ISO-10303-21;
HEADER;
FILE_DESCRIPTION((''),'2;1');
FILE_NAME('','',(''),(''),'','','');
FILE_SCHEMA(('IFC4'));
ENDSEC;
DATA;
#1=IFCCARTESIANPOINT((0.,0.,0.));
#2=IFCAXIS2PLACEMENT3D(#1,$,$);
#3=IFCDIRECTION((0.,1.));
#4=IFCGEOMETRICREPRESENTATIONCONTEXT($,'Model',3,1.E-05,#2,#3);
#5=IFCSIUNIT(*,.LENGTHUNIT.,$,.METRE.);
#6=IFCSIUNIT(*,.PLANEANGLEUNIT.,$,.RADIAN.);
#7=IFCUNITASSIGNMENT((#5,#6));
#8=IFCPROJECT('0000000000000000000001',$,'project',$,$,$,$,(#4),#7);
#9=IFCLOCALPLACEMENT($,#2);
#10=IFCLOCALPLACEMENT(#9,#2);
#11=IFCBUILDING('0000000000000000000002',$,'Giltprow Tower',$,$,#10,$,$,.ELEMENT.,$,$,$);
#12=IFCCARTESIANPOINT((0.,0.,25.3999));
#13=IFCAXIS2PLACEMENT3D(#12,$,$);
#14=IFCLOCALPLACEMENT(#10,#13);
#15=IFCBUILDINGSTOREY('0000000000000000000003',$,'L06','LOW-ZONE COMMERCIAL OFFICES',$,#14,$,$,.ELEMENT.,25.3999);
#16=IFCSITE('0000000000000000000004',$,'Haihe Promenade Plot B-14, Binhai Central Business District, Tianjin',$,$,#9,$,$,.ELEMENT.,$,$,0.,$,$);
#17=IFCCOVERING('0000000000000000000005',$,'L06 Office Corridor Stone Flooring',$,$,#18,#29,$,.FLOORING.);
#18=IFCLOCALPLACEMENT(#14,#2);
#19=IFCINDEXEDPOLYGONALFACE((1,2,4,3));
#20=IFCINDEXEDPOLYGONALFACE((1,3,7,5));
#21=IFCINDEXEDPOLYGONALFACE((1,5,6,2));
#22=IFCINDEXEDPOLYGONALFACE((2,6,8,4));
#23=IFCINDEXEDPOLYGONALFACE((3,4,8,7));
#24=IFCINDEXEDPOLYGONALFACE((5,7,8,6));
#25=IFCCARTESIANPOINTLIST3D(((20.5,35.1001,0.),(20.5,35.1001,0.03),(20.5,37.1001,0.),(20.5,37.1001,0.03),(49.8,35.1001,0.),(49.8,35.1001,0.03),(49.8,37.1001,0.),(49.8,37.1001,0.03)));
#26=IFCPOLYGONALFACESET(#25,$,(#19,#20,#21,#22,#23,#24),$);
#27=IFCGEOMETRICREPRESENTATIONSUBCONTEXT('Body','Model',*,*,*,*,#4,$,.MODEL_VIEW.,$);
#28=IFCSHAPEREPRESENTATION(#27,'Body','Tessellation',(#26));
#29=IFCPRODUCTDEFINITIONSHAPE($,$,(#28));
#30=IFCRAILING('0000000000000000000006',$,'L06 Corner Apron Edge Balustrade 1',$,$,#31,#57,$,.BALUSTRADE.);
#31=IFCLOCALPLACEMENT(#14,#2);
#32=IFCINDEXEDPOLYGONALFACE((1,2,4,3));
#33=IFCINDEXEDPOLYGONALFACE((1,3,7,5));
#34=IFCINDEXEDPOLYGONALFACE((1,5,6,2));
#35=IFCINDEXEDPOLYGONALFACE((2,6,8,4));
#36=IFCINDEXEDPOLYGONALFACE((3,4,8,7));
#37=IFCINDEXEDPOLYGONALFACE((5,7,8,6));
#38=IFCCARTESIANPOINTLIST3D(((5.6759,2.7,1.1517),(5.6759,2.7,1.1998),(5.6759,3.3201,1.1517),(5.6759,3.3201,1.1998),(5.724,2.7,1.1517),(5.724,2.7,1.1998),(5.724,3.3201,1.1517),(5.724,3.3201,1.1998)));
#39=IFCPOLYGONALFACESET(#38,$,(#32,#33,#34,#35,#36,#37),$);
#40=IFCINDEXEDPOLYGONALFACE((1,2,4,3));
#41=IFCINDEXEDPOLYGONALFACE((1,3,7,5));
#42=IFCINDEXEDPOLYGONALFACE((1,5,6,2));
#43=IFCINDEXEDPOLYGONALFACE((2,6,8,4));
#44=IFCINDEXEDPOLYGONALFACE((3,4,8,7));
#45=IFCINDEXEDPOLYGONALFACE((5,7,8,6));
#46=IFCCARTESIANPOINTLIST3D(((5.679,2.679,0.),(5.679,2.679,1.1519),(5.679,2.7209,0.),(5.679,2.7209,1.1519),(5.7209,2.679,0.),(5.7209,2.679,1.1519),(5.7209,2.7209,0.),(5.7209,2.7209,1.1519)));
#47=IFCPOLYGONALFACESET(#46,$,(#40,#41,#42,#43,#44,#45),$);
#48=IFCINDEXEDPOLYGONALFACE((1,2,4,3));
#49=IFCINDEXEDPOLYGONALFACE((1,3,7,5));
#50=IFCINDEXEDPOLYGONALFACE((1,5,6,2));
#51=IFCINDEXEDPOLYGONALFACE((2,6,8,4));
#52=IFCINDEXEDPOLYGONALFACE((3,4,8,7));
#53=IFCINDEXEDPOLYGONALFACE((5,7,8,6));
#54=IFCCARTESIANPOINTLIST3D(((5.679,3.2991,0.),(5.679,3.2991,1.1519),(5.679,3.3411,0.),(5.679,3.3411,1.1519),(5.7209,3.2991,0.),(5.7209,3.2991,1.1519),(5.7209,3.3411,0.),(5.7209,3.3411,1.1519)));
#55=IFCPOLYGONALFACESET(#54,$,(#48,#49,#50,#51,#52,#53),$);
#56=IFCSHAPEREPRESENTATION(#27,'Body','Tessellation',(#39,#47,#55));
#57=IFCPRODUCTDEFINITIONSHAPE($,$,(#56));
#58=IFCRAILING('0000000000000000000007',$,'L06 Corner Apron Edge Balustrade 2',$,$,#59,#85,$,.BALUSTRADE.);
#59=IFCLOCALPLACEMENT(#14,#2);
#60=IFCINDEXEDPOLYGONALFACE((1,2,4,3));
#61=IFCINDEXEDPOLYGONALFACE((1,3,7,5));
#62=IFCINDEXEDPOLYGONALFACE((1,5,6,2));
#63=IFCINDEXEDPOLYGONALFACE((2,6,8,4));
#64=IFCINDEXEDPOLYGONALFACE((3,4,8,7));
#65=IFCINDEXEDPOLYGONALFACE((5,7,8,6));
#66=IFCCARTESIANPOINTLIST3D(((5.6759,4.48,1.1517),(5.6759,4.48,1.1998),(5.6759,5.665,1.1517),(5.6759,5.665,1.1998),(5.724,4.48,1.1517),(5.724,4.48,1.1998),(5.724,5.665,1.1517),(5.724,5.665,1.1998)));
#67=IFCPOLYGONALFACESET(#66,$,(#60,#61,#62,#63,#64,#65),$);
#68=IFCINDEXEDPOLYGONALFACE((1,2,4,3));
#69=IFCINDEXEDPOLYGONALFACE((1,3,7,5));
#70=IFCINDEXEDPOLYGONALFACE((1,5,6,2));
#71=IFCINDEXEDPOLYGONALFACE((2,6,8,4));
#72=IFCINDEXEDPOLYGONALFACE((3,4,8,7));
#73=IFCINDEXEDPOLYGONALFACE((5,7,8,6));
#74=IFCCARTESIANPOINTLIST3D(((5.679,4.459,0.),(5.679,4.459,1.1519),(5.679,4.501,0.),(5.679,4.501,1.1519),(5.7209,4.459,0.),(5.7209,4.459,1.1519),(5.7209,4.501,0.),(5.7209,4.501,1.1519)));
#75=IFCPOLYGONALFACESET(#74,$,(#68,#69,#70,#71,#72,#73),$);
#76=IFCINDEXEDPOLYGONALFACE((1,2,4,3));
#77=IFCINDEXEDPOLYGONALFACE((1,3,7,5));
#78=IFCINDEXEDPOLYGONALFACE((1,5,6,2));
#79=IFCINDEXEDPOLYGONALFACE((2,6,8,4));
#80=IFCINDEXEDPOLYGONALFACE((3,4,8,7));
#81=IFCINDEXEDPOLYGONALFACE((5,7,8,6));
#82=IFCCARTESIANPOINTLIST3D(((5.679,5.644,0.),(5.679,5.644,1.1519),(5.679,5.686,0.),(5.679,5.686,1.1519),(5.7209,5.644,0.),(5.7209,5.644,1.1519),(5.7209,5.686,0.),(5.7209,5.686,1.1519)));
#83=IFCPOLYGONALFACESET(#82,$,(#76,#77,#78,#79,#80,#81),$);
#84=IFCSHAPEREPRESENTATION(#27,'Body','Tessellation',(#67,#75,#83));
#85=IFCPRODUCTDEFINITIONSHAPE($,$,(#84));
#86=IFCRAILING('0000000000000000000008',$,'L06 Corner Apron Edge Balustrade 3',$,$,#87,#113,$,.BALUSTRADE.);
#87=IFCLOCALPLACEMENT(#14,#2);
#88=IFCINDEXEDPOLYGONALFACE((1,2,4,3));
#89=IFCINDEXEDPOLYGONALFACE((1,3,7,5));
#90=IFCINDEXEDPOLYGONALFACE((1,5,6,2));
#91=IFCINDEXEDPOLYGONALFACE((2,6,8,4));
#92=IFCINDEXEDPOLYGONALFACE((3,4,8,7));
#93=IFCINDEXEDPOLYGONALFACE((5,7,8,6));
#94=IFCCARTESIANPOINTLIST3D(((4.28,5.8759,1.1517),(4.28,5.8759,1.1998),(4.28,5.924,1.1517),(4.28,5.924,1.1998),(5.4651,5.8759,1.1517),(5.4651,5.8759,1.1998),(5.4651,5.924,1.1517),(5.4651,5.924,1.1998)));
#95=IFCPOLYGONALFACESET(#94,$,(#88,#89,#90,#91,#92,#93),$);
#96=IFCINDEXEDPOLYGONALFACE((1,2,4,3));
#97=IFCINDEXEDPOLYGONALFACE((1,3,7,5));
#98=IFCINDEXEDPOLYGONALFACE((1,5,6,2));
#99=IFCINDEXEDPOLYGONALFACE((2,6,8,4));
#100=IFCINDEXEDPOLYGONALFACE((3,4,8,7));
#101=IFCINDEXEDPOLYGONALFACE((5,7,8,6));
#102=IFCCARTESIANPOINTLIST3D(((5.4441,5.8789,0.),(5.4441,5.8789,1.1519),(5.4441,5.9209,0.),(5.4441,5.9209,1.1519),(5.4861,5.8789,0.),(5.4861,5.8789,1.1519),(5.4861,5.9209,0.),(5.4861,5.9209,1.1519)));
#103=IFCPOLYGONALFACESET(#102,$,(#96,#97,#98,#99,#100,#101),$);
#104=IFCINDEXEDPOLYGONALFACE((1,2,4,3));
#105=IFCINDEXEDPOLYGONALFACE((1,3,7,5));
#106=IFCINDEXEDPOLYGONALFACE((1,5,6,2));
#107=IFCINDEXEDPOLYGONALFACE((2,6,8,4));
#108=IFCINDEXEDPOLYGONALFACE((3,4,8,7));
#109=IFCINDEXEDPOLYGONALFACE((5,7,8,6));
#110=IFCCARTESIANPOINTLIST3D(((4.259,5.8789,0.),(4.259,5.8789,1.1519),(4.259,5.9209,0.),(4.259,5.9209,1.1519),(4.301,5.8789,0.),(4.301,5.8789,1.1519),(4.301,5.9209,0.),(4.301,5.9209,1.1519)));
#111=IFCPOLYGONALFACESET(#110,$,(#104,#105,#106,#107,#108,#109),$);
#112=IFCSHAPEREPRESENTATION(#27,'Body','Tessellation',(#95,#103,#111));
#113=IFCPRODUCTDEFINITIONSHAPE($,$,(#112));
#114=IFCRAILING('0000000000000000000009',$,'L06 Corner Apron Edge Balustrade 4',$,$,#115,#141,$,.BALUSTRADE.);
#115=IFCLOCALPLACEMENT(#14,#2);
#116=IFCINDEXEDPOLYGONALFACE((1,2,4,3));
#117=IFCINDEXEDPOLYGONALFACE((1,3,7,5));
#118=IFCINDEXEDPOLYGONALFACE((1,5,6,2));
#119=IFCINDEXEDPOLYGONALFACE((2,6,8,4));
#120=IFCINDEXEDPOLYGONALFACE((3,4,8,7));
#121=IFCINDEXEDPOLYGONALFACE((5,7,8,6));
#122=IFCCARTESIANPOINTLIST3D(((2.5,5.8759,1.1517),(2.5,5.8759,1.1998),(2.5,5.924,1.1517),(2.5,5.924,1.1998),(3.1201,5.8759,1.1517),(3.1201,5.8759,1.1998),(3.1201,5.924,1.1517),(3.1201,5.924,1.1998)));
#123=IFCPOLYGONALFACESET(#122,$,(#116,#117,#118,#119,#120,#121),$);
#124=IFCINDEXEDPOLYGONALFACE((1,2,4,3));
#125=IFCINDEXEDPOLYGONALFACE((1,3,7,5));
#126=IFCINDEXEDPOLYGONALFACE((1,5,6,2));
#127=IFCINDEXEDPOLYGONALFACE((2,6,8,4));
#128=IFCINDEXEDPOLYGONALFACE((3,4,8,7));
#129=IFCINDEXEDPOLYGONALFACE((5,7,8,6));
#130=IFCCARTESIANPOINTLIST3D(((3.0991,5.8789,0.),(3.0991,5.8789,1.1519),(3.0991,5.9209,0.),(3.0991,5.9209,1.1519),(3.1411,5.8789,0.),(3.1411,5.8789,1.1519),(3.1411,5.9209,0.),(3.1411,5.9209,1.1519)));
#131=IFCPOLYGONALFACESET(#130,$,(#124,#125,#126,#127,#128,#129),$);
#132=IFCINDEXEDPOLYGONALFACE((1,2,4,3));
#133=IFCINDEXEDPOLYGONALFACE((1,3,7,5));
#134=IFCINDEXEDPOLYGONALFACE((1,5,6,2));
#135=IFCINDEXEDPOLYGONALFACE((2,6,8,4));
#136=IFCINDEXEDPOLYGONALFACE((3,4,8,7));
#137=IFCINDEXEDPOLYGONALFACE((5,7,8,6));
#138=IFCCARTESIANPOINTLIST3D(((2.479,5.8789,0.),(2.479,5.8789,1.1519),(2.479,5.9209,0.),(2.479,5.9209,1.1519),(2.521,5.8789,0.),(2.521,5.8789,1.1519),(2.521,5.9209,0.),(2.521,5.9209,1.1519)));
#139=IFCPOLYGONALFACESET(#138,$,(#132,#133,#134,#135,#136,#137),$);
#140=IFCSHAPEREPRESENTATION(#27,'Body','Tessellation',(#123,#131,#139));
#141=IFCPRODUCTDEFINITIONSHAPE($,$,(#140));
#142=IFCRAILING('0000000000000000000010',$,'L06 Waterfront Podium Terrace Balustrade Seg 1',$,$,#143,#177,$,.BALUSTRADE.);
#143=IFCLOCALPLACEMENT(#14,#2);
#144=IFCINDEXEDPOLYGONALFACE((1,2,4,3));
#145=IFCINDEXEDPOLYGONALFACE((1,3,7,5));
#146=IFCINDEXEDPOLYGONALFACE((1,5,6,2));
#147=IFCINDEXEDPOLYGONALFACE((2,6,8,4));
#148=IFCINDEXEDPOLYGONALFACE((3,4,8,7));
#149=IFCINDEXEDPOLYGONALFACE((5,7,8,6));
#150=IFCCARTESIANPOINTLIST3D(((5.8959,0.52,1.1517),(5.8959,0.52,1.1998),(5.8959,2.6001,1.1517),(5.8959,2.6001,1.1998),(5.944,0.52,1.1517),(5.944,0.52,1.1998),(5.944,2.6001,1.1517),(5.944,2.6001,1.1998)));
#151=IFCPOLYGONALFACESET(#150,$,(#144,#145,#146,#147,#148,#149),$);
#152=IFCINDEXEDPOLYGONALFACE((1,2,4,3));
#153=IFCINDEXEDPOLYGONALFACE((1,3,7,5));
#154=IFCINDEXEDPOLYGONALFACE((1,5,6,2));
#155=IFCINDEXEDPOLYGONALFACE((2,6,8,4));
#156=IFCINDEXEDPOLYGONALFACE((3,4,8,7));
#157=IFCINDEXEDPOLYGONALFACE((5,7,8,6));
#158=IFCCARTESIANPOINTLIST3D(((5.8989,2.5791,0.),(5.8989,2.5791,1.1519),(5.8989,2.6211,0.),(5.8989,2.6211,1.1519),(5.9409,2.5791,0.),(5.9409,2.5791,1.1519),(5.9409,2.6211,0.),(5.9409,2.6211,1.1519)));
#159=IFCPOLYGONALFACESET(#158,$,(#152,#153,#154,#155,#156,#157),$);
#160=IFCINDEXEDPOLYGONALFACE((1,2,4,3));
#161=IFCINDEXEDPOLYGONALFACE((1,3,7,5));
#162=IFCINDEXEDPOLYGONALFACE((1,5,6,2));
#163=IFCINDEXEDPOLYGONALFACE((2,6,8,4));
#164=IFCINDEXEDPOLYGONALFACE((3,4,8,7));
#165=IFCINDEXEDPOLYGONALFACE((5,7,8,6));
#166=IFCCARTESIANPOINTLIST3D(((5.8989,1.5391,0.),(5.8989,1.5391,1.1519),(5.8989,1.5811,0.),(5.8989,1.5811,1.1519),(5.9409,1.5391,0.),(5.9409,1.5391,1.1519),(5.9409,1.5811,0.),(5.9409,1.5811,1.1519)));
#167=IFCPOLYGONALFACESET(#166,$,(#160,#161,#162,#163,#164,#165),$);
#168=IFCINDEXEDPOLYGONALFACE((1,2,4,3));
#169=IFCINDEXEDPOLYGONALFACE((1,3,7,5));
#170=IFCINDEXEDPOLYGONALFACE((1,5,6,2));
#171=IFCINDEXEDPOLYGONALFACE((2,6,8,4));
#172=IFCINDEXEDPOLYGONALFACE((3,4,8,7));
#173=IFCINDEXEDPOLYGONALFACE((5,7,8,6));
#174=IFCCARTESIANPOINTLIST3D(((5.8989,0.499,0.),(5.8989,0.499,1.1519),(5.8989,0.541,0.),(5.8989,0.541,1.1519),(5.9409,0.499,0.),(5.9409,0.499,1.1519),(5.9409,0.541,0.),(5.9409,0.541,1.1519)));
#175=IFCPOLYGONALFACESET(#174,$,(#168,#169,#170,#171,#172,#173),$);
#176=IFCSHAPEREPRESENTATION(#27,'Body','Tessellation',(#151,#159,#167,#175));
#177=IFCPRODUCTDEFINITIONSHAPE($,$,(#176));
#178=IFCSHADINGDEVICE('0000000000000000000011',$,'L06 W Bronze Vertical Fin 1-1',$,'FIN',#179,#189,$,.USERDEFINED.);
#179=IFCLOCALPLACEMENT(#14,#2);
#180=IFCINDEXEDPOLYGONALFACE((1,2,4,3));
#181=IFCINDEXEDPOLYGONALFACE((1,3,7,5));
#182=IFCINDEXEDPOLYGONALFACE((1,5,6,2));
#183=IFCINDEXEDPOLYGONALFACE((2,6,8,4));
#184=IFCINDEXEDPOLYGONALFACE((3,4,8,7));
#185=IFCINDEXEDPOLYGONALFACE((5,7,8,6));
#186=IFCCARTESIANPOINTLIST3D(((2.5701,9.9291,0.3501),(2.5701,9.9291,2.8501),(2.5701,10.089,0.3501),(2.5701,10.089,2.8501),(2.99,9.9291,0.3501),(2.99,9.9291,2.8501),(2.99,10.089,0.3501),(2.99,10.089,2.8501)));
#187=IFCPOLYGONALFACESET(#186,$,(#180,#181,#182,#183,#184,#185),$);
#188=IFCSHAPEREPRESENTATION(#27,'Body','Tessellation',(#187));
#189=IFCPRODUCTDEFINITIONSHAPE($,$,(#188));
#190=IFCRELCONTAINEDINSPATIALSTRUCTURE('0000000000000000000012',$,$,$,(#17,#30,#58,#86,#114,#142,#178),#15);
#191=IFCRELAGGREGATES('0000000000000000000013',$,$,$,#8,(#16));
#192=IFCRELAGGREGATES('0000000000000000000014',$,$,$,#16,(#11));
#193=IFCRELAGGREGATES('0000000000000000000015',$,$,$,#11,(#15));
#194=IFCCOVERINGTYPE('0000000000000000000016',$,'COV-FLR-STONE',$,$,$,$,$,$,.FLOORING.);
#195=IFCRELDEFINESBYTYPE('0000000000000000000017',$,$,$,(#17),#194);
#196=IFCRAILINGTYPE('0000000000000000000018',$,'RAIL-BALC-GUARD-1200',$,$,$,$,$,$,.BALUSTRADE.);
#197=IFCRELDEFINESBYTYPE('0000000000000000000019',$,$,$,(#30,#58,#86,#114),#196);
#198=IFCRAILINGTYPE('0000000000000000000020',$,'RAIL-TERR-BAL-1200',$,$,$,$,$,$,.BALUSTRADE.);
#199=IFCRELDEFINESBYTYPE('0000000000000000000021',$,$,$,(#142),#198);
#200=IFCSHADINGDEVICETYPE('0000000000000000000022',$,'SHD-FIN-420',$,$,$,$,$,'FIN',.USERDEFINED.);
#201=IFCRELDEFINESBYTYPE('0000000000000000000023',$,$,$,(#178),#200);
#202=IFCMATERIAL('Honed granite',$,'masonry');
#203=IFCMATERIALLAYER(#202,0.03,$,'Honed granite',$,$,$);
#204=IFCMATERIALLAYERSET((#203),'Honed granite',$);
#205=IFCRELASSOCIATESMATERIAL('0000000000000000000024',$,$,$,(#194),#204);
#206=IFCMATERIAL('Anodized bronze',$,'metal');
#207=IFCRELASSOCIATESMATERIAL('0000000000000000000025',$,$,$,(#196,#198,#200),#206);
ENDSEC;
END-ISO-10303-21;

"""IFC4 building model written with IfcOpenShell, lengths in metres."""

from ifc_helpers import new_model, si_unit, direction, frame, origin, origin_2d, place, context, subcontext, project, spatial, polyline, rectangle, outline, extrude, source, transform, mapped, material, layer, layer_set, type_object, element, save


model = new_model("IFC4")

# Units and contexts
model_context = context("Model", 3, precision=1e-05, world=origin(), true_north=direction((0.0, 1.0)))
body_context = subcontext(model_context, "Body", "Model", "MODEL_VIEW")
ifc_project = project(units=[si_unit("LENGTHUNIT", "METRE"), si_unit("PLANEANGLEUNIT", "RADIAN")], contexts=[model_context])

# Site, building, storey
site_placement = place(None, origin())
site = spatial("IfcSite", under=ifc_project, at=site_placement, Name="Haihe Promenade Plot B-14, Binhai Central Business District, Tianjin", CompositionType="ELEMENT", RefElevation=0.0)
building_placement = place(site_placement, origin())
building = spatial("IfcBuilding", under=site, at=building_placement, Name="Giltprow Tower", CompositionType="ELEMENT")
storey_placement = place(building_placement, frame((0.0, 0.0, 25.3999)))
storey = spatial("IfcBuildingStorey", under=building, at=storey_placement, Name="L06", Description="LOW-ZONE COMMERCIAL OFFICES", CompositionType="ELEMENT", Elevation=25.3999)

# Shared definitions
ifc_material_1 = material(Name="Anodized bronze", Category="metal")

# Covering
ifc_material_2 = material(Name="Honed granite", Category="masonry")
ifc_layer_1 = layer(ifc_material_2, 0.03, Name="Honed granite")
ifc_layer_set_1 = layer_set([ifc_layer_1], Name="Honed granite")
covering_type_1 = type_object("IfcCoveringType", Name="COV-FLR-STONE", PredefinedType="FLOORING", material=ifc_layer_set_1)
covering_1_placement = place(storey_placement, origin())
element("IfcCovering", 1, at=covering_1_placement, inside=storey, type_object=covering_type_1, Name="L06 Office Corridor Stone Flooring", PredefinedType="FLOORING", context=body_context, shape_type="SweptSolid", body=[
    extrude(outline(polyline([(20.5, 35.1001), (49.8, 35.1001), (49.8, 37.1001), (20.5, 37.1001), (20.5, 35.1001)])), origin(), (0.0, 0.0, 1.0), 0.03),
])

# Railings
railing_type_1 = type_object("IfcRailingType", Name="RAIL-BALC-GUARD-1200", PredefinedType="BALUSTRADE", material=ifc_material_1)
railing_1_placement = place(storey_placement, frame((5.7, 2.7, 0.0)))
element("IfcRailing", 2, at=railing_1_placement, inside=storey, type_object=railing_type_1, Name="L06 Corner Apron Edge Balustrade 1", PredefinedType="BALUSTRADE", context=body_context, shape_type="SweptSolid", body=[
    extrude(rectangle(XDim=0.0481, YDim=0.0481, at=origin_2d()), frame((0.0, 0.0, 1.1758), z_axis=(0.0, 1.0, 0.0), x_axis=(-1.0, 0.0, 0.0)), (0.0, 0.0, 1.0), 0.6201),
    extrude(rectangle(XDim=0.042, YDim=0.042, at=origin_2d()), origin(), (0.0, 0.0, 1.0), 1.1519),
    extrude(rectangle(XDim=0.042, YDim=0.042, at=origin_2d()), frame((0.0, 0.6201, 0.0)), (0.0, 0.0, 1.0), 1.1519),
])
railing_2_placement = place(storey_placement, frame((5.7, 4.48, 0.0)))
element("IfcRailing", 3, at=railing_2_placement, inside=storey, type_object=railing_type_1, Name="L06 Corner Apron Edge Balustrade 2", PredefinedType="BALUSTRADE", context=body_context, shape_type="SweptSolid", body=[
    extrude(rectangle(XDim=0.0481, YDim=0.0481, at=origin_2d()), frame((0.0, 0.0, 1.1758), z_axis=(0.0, 1.0, 0.0), x_axis=(-1.0, 0.0, 0.0)), (0.0, 0.0, 1.0), 1.1851),
    extrude(rectangle(XDim=0.042, YDim=0.042, at=origin_2d()), origin(), (0.0, 0.0, 1.0), 1.1519),
    extrude(rectangle(XDim=0.042, YDim=0.042, at=origin_2d()), frame((0.0, 1.1851, 0.0)), (0.0, 0.0, 1.0), 1.1519),
])
railing_3_placement = place(storey_placement, frame((5.4651, 5.8999, 0.0)))
element("IfcRailing", 4, at=railing_3_placement, inside=storey, type_object=railing_type_1, Name="L06 Corner Apron Edge Balustrade 3", PredefinedType="BALUSTRADE", context=body_context, shape_type="SweptSolid", body=[
    extrude(rectangle(XDim=0.0481, YDim=0.0481, at=origin_2d()), frame((0.0, 0.0, 1.1758), z_axis=(-1.0, 0.0, 0.0), x_axis=(0.0, -1.0, 0.0)), (0.0, 0.0, 1.0), 1.1851),
    extrude(rectangle(XDim=0.042, YDim=0.042, at=origin_2d()), origin(), (0.0, 0.0, 1.0), 1.1519),
    extrude(rectangle(XDim=0.042, YDim=0.042, at=origin_2d()), frame((-1.1851, 0.0, 0.0)), (0.0, 0.0, 1.0), 1.1519),
])
railing_4_placement = place(storey_placement, frame((3.1201, 5.8999, 0.0)))
element("IfcRailing", 5, at=railing_4_placement, inside=storey, type_object=railing_type_1, Name="L06 Corner Apron Edge Balustrade 4", PredefinedType="BALUSTRADE", context=body_context, shape_type="SweptSolid", body=[
    extrude(rectangle(XDim=0.0481, YDim=0.0481, at=origin_2d()), frame((0.0, 0.0, 1.1758), z_axis=(-1.0, 0.0, 0.0), x_axis=(0.0, -1.0, 0.0)), (0.0, 0.0, 1.0), 0.6201),
    extrude(rectangle(XDim=0.042, YDim=0.042, at=origin_2d()), origin(), (0.0, 0.0, 1.0), 1.1519),
    extrude(rectangle(XDim=0.042, YDim=0.042, at=origin_2d()), frame((-0.6201, 0.0, 0.0)), (0.0, 0.0, 1.0), 1.1519),
])
railing_type_2 = type_object("IfcRailingType", Name="RAIL-TERR-BAL-1200", PredefinedType="BALUSTRADE", material=ifc_material_1)
railing_5_placement = place(storey_placement, frame((5.9199, 2.6001, 0.0)))
element("IfcRailing", 6, at=railing_5_placement, inside=storey, type_object=railing_type_2, Name="L06 Waterfront Podium Terrace Balustrade Seg 1", PredefinedType="BALUSTRADE", context=body_context, shape_type="SweptSolid", body=[
    extrude(rectangle(XDim=0.0481, YDim=0.0481, at=origin_2d()), frame((0.0, 0.0, 1.1758), z_axis=(0.0, -1.0, 0.0), x_axis=(1.0, 0.0, 0.0)), (0.0, 0.0, 1.0), 2.0801),
    extrude(rectangle(XDim=0.042, YDim=0.042, at=origin_2d()), origin(), (0.0, 0.0, 1.0), 1.1519),
    extrude(rectangle(XDim=0.042, YDim=0.042, at=origin_2d()), frame((0.0, -1.04, 0.0)), (0.0, 0.0, 1.0), 1.1519),
    extrude(rectangle(XDim=0.042, YDim=0.042, at=origin_2d()), frame((0.0, -2.0801, 0.0)), (0.0, 0.0, 1.0), 1.1519),
])

# Shading device
shading_device_type = type_object("IfcShadingDeviceType", Name="SHD-FIN-420", ElementType="FIN", PredefinedType="USERDEFINED", material=ifc_material_1)
shared_shape_1 = source(origin(), body_context, "Body", "SweptSolid", [
    extrude(rectangle(XDim=0.4199, YDim=0.1599, at=origin_2d()), origin(), (0.0, 0.0, 1.0), 2.5),
])
shading_device_placement = place(storey_placement, frame((2.78, 10.009, 0.3501), z_axis=(0.0, 0.0, 1.0), x_axis=(1.0, 0.0, 0.0)))
element("IfcShadingDevice", 7, at=shading_device_placement, inside=storey, type_object=shading_device_type, Name="L06 W Bronze Vertical Fin 1-1", ObjectType="FIN", PredefinedType="USERDEFINED", context=body_context, shape_type="MappedRepresentation", body=[
    mapped(shared_shape_1, transform((0.0, 0.0, 0.0), x_axis=(1.0, 0.0, 0.0), y_axis=(0.0, 1.0, 0.0), z_axis=(0.0, 0.0, 1.0), scale=1.0)),
])

save(model, "model.ifc")
